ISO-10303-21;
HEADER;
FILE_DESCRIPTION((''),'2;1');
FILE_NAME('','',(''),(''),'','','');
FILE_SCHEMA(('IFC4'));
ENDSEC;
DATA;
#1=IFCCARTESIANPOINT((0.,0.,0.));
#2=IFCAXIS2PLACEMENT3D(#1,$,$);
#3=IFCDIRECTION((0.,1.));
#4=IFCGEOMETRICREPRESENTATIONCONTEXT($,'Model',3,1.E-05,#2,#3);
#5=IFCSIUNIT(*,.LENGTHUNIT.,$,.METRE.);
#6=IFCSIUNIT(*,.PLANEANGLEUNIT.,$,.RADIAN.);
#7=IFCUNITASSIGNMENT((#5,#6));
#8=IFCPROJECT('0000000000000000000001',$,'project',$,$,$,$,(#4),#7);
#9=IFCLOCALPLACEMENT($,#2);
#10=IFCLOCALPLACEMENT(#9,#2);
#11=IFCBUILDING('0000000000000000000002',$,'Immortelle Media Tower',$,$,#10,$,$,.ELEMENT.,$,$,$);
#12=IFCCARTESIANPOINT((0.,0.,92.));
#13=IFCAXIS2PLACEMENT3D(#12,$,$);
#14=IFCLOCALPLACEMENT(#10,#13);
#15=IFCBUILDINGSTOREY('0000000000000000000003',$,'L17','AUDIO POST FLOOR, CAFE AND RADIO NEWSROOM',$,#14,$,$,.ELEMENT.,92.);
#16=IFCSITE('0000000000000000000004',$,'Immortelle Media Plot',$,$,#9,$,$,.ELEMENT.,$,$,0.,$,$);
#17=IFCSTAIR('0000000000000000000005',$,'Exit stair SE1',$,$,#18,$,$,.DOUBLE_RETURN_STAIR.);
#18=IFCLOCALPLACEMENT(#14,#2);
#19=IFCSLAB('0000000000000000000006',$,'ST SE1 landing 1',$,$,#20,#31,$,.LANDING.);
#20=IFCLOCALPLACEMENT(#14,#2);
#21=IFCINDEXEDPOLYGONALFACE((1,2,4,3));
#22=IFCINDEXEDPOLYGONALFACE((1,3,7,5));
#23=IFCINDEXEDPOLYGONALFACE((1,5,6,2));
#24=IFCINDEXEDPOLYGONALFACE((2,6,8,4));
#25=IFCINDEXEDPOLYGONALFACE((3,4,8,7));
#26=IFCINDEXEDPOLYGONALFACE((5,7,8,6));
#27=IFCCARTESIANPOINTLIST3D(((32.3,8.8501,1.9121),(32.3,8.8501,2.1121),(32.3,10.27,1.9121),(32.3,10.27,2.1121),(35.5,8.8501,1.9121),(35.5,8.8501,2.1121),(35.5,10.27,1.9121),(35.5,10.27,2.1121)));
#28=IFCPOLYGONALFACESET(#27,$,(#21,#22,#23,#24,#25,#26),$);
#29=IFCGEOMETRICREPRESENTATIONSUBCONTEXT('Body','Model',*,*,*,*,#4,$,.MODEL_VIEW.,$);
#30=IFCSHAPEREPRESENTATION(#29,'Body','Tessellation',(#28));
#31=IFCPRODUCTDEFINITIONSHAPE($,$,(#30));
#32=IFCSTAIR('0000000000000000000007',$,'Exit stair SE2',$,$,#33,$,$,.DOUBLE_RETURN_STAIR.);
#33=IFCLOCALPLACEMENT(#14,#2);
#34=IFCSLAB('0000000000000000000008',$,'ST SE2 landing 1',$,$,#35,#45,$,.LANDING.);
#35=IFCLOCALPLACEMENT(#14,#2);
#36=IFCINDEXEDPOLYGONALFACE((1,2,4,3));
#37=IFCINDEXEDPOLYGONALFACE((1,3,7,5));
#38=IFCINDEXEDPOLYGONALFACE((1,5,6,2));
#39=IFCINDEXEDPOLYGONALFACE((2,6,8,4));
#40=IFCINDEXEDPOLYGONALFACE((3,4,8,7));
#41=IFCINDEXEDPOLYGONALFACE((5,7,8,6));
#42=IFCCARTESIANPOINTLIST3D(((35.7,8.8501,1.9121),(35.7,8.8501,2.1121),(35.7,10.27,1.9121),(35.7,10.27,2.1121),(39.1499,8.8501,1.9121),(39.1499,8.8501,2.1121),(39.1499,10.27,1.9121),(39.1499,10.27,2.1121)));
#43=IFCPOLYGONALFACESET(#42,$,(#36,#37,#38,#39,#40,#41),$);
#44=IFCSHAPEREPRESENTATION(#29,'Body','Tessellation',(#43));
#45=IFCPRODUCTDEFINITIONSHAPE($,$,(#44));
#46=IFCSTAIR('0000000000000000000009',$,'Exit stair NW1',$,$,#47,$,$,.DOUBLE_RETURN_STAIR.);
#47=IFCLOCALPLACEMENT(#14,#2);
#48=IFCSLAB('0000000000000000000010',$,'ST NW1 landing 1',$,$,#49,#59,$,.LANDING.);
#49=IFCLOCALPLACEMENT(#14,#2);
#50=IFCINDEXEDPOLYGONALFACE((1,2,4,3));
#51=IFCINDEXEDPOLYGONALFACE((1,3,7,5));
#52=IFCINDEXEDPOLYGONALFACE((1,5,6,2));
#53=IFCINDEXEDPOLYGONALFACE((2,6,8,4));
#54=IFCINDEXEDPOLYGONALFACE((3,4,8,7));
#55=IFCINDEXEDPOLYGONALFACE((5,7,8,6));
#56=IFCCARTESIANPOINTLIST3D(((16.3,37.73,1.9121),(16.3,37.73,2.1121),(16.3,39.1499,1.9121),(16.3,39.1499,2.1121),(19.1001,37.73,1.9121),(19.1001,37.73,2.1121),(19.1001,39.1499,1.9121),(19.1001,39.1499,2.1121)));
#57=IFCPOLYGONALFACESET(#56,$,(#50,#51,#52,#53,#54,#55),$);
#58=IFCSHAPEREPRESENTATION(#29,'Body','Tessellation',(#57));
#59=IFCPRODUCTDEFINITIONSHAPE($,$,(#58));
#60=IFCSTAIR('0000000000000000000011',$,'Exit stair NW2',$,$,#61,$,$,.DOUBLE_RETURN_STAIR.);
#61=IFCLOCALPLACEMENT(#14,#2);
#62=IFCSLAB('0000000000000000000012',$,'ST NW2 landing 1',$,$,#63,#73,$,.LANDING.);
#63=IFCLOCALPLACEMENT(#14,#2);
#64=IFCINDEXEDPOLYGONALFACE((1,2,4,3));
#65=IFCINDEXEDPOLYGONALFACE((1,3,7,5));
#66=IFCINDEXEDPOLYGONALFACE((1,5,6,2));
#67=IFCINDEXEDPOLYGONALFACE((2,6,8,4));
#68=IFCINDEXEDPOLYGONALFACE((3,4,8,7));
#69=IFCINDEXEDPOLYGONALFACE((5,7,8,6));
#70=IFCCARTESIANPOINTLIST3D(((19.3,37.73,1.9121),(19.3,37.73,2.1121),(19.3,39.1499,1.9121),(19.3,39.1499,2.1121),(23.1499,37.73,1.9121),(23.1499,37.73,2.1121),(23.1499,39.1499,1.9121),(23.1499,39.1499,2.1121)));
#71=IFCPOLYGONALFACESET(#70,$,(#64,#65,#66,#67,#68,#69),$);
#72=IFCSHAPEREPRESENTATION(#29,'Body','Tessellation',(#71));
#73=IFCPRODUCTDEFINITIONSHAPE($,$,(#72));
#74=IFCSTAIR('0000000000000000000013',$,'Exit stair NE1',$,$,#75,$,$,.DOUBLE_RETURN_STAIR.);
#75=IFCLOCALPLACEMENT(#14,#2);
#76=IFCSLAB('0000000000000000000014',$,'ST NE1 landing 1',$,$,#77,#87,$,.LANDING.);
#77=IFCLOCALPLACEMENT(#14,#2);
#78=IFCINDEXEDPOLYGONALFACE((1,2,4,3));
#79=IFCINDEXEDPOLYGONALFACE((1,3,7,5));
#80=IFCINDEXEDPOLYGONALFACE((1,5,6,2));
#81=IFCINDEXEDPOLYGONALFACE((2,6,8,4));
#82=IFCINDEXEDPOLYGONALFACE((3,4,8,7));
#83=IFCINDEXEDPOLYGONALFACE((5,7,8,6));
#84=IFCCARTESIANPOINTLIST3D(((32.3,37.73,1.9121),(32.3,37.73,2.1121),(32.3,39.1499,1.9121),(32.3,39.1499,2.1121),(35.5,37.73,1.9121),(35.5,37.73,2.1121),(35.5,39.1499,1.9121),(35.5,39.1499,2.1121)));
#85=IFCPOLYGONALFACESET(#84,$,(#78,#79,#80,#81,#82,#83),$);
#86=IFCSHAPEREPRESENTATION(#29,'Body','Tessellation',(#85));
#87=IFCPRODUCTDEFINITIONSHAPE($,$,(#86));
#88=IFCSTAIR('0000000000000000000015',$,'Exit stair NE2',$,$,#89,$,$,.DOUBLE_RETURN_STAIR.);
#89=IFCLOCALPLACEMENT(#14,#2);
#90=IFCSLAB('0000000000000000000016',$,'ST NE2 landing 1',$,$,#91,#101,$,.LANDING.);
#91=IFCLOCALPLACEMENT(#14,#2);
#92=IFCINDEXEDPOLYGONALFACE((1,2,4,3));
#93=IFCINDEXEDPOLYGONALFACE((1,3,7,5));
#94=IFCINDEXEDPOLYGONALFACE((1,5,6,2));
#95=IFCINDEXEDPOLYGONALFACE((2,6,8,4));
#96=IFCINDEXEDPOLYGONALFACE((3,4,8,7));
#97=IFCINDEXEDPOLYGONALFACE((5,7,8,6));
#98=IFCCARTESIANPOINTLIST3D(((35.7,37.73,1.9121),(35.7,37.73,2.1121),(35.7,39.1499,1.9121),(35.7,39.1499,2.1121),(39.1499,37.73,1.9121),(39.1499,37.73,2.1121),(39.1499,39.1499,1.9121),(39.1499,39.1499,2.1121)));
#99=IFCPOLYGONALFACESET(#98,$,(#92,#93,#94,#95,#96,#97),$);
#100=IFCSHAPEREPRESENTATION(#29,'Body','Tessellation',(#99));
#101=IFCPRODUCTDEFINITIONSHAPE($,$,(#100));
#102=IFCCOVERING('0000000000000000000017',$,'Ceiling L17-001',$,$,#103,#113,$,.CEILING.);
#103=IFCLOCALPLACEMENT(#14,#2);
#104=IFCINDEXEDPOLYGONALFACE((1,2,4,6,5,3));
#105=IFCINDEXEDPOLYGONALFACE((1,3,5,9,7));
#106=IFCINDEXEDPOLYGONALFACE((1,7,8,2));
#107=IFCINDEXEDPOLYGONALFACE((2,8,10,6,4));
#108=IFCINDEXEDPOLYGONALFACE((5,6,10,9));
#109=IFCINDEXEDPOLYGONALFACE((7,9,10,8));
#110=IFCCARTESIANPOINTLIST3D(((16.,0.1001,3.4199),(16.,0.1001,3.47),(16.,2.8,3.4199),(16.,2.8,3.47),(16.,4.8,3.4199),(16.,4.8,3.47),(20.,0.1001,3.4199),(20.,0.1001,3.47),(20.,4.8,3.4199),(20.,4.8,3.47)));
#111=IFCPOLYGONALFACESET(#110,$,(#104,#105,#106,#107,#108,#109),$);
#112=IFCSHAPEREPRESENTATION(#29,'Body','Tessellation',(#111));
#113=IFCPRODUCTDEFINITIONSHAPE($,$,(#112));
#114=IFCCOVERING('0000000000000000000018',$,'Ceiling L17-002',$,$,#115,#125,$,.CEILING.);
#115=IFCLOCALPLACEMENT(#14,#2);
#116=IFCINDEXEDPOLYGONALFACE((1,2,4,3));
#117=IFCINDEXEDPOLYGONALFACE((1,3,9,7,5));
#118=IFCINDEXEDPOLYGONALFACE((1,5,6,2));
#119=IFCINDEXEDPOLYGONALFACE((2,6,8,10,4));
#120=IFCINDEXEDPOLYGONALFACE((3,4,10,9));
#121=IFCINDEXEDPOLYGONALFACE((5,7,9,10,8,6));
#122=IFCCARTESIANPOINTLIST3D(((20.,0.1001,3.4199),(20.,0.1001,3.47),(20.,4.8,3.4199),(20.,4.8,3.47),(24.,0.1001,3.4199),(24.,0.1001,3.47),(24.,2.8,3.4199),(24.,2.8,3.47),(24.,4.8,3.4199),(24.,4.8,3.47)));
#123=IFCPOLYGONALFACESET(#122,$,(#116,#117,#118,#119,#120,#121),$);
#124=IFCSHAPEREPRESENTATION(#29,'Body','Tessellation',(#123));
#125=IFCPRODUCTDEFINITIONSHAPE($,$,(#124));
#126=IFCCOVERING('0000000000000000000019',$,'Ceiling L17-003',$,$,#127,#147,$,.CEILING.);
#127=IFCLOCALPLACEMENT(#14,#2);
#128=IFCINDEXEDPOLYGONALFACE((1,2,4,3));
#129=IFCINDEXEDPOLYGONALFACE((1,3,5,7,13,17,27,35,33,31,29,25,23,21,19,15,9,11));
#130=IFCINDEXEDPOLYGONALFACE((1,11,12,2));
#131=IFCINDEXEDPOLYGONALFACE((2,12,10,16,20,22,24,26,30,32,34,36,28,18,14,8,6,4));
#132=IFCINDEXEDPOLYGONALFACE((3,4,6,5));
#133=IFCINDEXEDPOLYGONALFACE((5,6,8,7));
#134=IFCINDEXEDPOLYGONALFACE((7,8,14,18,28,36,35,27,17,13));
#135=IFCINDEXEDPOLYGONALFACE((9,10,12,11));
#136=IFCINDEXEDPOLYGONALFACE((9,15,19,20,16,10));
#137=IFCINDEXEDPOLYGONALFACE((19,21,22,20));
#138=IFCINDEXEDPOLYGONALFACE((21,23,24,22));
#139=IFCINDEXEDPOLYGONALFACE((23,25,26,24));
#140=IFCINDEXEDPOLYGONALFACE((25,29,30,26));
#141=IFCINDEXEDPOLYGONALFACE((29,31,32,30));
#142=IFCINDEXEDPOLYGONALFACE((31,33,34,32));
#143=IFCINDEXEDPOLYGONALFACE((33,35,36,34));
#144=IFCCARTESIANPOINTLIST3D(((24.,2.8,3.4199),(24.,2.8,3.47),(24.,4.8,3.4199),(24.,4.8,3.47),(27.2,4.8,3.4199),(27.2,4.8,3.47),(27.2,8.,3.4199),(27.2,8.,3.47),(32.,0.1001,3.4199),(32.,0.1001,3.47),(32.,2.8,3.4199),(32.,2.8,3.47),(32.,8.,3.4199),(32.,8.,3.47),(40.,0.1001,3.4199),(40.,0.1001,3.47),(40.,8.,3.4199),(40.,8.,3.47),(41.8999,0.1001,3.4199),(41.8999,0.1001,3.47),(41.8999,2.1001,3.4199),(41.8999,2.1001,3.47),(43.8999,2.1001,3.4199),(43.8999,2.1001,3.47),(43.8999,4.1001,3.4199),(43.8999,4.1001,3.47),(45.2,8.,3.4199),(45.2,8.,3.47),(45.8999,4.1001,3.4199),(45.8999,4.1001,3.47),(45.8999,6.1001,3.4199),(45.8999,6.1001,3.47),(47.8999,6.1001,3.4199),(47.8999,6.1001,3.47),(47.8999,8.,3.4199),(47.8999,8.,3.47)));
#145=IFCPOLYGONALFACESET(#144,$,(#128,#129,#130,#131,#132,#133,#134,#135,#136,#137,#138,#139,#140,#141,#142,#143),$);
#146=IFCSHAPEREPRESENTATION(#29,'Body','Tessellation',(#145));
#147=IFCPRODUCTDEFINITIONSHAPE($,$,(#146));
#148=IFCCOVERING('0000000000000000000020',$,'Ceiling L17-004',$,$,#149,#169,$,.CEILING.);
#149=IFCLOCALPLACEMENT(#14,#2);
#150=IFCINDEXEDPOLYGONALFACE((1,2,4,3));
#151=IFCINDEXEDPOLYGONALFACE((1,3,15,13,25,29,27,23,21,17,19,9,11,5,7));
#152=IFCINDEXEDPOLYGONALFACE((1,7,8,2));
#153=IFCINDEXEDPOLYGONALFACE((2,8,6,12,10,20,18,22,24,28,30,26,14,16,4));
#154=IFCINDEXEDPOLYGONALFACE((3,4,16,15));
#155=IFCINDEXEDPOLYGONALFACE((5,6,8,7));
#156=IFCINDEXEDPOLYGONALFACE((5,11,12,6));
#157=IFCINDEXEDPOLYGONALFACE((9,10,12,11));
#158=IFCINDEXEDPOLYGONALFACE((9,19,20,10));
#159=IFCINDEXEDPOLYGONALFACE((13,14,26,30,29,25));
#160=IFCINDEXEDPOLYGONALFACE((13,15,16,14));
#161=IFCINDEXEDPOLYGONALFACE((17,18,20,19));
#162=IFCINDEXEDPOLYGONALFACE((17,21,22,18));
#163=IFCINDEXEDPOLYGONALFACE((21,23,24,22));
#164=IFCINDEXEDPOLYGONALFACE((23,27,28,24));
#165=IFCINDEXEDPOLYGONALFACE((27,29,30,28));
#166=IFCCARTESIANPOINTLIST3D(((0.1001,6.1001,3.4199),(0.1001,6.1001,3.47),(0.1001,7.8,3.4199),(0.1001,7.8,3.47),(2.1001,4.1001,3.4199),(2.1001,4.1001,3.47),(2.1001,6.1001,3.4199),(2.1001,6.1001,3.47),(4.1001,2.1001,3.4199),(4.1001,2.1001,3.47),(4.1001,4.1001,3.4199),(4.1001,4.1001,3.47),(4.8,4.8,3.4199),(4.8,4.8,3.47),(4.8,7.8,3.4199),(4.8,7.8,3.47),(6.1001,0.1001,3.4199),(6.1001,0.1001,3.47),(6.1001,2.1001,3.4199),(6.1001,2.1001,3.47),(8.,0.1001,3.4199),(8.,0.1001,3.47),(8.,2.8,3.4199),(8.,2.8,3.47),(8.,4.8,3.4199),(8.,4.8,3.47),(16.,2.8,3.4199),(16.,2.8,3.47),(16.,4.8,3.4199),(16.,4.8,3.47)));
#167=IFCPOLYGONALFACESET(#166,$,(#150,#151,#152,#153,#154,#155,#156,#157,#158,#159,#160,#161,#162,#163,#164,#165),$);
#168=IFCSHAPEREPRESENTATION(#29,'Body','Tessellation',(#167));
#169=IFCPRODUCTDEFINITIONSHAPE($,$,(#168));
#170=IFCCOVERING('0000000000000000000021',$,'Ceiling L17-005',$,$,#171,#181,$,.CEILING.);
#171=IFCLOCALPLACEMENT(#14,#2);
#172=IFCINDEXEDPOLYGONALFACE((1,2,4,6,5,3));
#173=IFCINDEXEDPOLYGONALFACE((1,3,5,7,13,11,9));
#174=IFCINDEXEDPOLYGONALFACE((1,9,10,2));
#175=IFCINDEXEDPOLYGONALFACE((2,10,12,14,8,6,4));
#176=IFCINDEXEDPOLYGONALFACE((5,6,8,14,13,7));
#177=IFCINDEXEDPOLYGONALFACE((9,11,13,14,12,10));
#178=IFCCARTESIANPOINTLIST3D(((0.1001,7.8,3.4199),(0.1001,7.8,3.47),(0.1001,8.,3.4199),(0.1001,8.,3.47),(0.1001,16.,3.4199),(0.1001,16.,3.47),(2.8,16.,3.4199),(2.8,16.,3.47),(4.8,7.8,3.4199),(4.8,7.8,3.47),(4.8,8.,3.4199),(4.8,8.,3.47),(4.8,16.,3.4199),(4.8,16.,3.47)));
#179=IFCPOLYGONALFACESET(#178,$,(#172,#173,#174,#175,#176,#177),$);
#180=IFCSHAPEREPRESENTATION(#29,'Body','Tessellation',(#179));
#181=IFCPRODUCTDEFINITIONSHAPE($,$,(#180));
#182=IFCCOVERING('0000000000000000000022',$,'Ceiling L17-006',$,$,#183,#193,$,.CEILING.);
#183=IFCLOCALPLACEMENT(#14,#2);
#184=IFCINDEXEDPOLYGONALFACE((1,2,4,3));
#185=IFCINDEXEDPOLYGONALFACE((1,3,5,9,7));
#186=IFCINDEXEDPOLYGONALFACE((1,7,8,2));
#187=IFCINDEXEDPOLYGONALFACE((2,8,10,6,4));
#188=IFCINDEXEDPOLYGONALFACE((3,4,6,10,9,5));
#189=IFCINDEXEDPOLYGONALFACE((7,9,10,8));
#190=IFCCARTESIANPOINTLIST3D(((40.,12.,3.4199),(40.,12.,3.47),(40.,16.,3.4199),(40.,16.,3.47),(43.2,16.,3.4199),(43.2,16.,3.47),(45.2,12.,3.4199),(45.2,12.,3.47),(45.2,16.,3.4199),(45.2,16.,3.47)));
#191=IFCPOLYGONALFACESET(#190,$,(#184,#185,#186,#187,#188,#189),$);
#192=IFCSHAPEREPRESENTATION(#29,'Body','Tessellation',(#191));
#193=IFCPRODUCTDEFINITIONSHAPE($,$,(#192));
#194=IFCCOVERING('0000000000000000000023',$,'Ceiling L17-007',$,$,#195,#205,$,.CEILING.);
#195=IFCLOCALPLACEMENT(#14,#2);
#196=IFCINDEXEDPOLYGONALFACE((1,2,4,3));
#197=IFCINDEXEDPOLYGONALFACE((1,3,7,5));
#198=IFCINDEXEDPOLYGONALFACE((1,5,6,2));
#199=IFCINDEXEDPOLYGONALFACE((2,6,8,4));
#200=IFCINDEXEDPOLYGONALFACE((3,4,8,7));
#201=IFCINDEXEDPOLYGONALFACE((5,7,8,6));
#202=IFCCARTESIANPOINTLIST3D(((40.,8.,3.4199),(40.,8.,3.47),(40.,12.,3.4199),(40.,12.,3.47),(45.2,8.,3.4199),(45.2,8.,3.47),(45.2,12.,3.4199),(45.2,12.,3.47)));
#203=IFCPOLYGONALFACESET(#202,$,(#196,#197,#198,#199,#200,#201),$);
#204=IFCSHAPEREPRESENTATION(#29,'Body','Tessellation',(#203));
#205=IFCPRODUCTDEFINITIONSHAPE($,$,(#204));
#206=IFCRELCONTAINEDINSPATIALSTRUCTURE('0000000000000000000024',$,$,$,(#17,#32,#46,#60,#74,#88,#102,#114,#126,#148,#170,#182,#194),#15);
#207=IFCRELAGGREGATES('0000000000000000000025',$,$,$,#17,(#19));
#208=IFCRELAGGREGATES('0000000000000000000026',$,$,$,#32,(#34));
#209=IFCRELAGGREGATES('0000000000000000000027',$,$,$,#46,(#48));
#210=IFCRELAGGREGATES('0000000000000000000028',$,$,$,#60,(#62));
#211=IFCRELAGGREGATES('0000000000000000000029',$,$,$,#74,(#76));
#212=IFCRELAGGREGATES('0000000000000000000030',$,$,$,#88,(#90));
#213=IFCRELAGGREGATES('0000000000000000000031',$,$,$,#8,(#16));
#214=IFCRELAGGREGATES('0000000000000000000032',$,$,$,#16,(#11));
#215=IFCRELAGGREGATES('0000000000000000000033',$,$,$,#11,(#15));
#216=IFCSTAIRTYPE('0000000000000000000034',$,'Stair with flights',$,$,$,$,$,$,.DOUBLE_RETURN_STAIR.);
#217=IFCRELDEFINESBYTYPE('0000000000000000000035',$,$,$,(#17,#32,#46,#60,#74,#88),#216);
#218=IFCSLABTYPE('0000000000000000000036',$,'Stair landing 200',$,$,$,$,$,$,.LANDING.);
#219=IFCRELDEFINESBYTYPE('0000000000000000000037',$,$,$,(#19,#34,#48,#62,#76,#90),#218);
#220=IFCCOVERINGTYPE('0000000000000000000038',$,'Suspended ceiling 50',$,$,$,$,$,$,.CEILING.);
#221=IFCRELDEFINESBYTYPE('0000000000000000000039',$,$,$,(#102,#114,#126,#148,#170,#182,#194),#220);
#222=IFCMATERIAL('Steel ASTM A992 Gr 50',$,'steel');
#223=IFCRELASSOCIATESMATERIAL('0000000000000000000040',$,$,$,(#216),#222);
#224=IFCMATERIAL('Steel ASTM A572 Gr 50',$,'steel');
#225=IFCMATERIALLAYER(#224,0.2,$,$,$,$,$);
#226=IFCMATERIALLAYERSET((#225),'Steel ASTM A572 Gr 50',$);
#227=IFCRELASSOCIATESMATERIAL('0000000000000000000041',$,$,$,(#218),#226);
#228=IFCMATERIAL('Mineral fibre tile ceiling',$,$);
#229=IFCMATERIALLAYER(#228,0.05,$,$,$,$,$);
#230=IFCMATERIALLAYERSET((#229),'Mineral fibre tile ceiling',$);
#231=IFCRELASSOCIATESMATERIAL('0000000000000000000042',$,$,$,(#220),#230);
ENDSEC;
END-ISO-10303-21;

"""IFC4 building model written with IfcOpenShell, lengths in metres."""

from ifc_helpers import new_model, si_unit, direction, frame, origin, place, context, subcontext, project, spatial, polyline, outline, extrude, material, layer, layer_set, type_object, element, aggregate, save


model = new_model("IFC4")

# Units and contexts
model_context = context("Model", 3, precision=1e-05, world=origin(), true_north=direction((0.0, 1.0)))
body_context = subcontext(model_context, "Body", "Model", "MODEL_VIEW")
ifc_project = project(units=[si_unit("LENGTHUNIT", "METRE"), si_unit("PLANEANGLEUNIT", "RADIAN")], contexts=[model_context])

# Site, building, storey
site_placement = place(None, origin())
site = spatial("IfcSite", under=ifc_project, at=site_placement, Name="Immortelle Media Plot", CompositionType="ELEMENT", RefElevation=0.0)
building_placement = place(site_placement, origin())
building = spatial("IfcBuilding", under=site, at=building_placement, Name="Immortelle Media Tower", CompositionType="ELEMENT")
storey_placement = place(building_placement, frame((0.0, 0.0, 92.0)))
storey = spatial("IfcBuildingStorey", under=building, at=storey_placement, Name="L17", Description="AUDIO POST FLOOR, CAFE AND RADIO NEWSROOM", CompositionType="ELEMENT", Elevation=92.0)

# Stairs, slabs
ifc_material_1 = material(Name="Steel ASTM A992 Gr 50", Category="steel")
stair_type = type_object("IfcStairType", Name="Stair with flights", PredefinedType="DOUBLE_RETURN_STAIR", material=ifc_material_1)
ifc_material_2 = material(Name="Steel ASTM A572 Gr 50", Category="steel")
ifc_layer_1 = layer(ifc_material_2, 0.2)
ifc_layer_set_1 = layer_set([ifc_layer_1], Name="Steel ASTM A572 Gr 50")
slab_type_1 = type_object("IfcSlabType", Name="Stair landing 200", PredefinedType="LANDING", material=ifc_layer_set_1)
stair_1_placement = place(storey_placement, origin())
stair_1 = element("IfcStair", 1, at=stair_1_placement, inside=storey, type_object=stair_type, Name="Exit stair SE1", PredefinedType="DOUBLE_RETURN_STAIR")
slab_1_placement = place(storey_placement, frame((0.0, 0.0, 1.9121)))
slab_1 = element("IfcSlab", 2, at=slab_1_placement, type_object=slab_type_1, Name="ST SE1 landing 1", PredefinedType="LANDING", context=body_context, shape_type="SweptSolid", body=[
    extrude(outline(polyline([(32.3, 8.8501), (35.5, 8.8501), (35.5, 10.27), (32.3, 10.27), (32.3, 8.8501)])), origin(), (0.0, 0.0, 1.0), 0.2),
])
aggregate(stair_1, [slab_1])
stair_2_placement = place(storey_placement, origin())
stair_2 = element("IfcStair", 3, at=stair_2_placement, inside=storey, type_object=stair_type, Name="Exit stair SE2", PredefinedType="DOUBLE_RETURN_STAIR")
slab_2_placement = place(storey_placement, frame((0.0, 0.0, 1.9121)))
slab_2 = element("IfcSlab", 4, at=slab_2_placement, type_object=slab_type_1, Name="ST SE2 landing 1", PredefinedType="LANDING", context=body_context, shape_type="SweptSolid", body=[
    extrude(outline(polyline([(35.7, 8.8501), (39.1499, 8.8501), (39.1499, 10.27), (35.7, 10.27), (35.7, 8.8501)])), origin(), (0.0, 0.0, 1.0), 0.2),
])
aggregate(stair_2, [slab_2])
stair_3_placement = place(storey_placement, origin())
stair_3 = element("IfcStair", 5, at=stair_3_placement, inside=storey, type_object=stair_type, Name="Exit stair NW1", PredefinedType="DOUBLE_RETURN_STAIR")
slab_3_placement = place(storey_placement, frame((0.0, 0.0, 1.9121)))
slab_3 = element("IfcSlab", 6, at=slab_3_placement, type_object=slab_type_1, Name="ST NW1 landing 1", PredefinedType="LANDING", context=body_context, shape_type="SweptSolid", body=[
    extrude(outline(polyline([(16.3, 37.73), (19.1001, 37.73), (19.1001, 39.1499), (16.3, 39.1499), (16.3, 37.73)])), origin(), (0.0, 0.0, 1.0), 0.2),
])
aggregate(stair_3, [slab_3])
stair_4_placement = place(storey_placement, origin())
stair_4 = element("IfcStair", 7, at=stair_4_placement, inside=storey, type_object=stair_type, Name="Exit stair NW2", PredefinedType="DOUBLE_RETURN_STAIR")
slab_4_placement = place(storey_placement, frame((0.0, 0.0, 1.9121)))
slab_4 = element("IfcSlab", 8, at=slab_4_placement, type_object=slab_type_1, Name="ST NW2 landing 1", PredefinedType="LANDING", context=body_context, shape_type="SweptSolid", body=[
    extrude(outline(polyline([(19.3, 37.73), (23.1499, 37.73), (23.1499, 39.1499), (19.3, 39.1499), (19.3, 37.73)])), origin(), (0.0, 0.0, 1.0), 0.2),
])
aggregate(stair_4, [slab_4])
stair_5_placement = place(storey_placement, origin())
stair_5 = element("IfcStair", 9, at=stair_5_placement, inside=storey, type_object=stair_type, Name="Exit stair NE1", PredefinedType="DOUBLE_RETURN_STAIR")
slab_5_placement = place(storey_placement, frame((0.0, 0.0, 1.9121)))
slab_5 = element("IfcSlab", 10, at=slab_5_placement, type_object=slab_type_1, Name="ST NE1 landing 1", PredefinedType="LANDING", context=body_context, shape_type="SweptSolid", body=[
    extrude(outline(polyline([(32.3, 37.73), (35.5, 37.73), (35.5, 39.1499), (32.3, 39.1499), (32.3, 37.73)])), origin(), (0.0, 0.0, 1.0), 0.2),
])
aggregate(stair_5, [slab_5])
stair_6_placement = place(storey_placement, origin())
stair_6 = element("IfcStair", 11, at=stair_6_placement, inside=storey, type_object=stair_type, Name="Exit stair NE2", PredefinedType="DOUBLE_RETURN_STAIR")
slab_6_placement = place(storey_placement, frame((0.0, 0.0, 1.9121)))
slab_6 = element("IfcSlab", 12, at=slab_6_placement, type_object=slab_type_1, Name="ST NE2 landing 1", PredefinedType="LANDING", context=body_context, shape_type="SweptSolid", body=[
    extrude(outline(polyline([(35.7, 37.73), (39.1499, 37.73), (39.1499, 39.1499), (35.7, 39.1499), (35.7, 37.73)])), origin(), (0.0, 0.0, 1.0), 0.2),
])
aggregate(stair_6, [slab_6])

# Coverings
ifc_material_3 = material(Name="Mineral fibre tile ceiling")
ifc_layer_2 = layer(ifc_material_3, 0.05)
ifc_layer_set_2 = layer_set([ifc_layer_2], Name="Mineral fibre tile ceiling")
covering_type = type_object("IfcCoveringType", Name="Suspended ceiling 50", PredefinedType="CEILING", material=ifc_layer_set_2)
covering_1_placement = place(storey_placement, frame((0.0, 0.0, 3.4199)))
element("IfcCovering", 13, at=covering_1_placement, inside=storey, type_object=covering_type, Name="Ceiling L17-001", PredefinedType="CEILING", context=body_context, shape_type="SweptSolid", body=[
    extrude(outline(polyline([(16.0, 2.8), (16.0, 4.8), (20.0, 4.8), (20.0, 0.1001), (16.0, 0.1001), (16.0, 2.8)])), origin(), (0.0, 0.0, 1.0), 0.05),
])
covering_2_placement = place(storey_placement, frame((0.0, 0.0, 3.4199)))
element("IfcCovering", 14, at=covering_2_placement, inside=storey, type_object=covering_type, Name="Ceiling L17-002", PredefinedType="CEILING", context=body_context, shape_type="SweptSolid", body=[
    extrude(outline(polyline([(24.0, 4.8), (24.0, 2.8), (24.0, 0.1001), (20.0, 0.1001), (20.0, 4.8), (24.0, 4.8)])), origin(), (0.0, 0.0, 1.0), 0.05),
])
covering_3_placement = place(storey_placement, frame((0.0, 0.0, 3.4199)))
element("IfcCovering", 15, at=covering_3_placement, inside=storey, type_object=covering_type, Name="Ceiling L17-003", PredefinedType="CEILING", context=body_context, shape_type="SweptSolid", body=[
    extrude(outline(polyline([(24.0, 2.8), (24.0, 4.8), (27.2, 4.8), (27.2, 8.0), (32.0, 8.0), (40.0, 8.0), (45.2, 8.0), (47.8999, 8.0), (47.8999, 6.1001), (45.8999, 6.1001), (45.8999, 4.1001), (43.8999, 4.1001), (43.8999, 2.1001), (41.8999, 2.1001), (41.8999, 0.1001), (40.0, 0.1001), (32.0, 0.1001), (32.0, 2.8), (24.0, 2.8)])), origin(), (0.0, 0.0, 1.0), 0.05),
])
covering_4_placement = place(storey_placement, frame((0.0, 0.0, 3.4199)))
element("IfcCovering", 16, at=covering_4_placement, inside=storey, type_object=covering_type, Name="Ceiling L17-004", PredefinedType="CEILING", context=body_context, shape_type="SweptSolid", body=[
    extrude(outline(polyline([(8.0, 2.8), (8.0, 0.1001), (6.1001, 0.1001), (6.1001, 2.1001), (4.1001, 2.1001), (4.1001, 4.1001), (2.1001, 4.1001), (2.1001, 6.1001), (0.1001, 6.1001), (0.1001, 7.8), (4.8, 7.8), (4.8, 4.8), (8.0, 4.8), (16.0, 4.8), (16.0, 2.8), (8.0, 2.8)])), origin(), (0.0, 0.0, 1.0), 0.05),
])
covering_5_placement = place(storey_placement, frame((0.0, 0.0, 3.4199)))
element("IfcCovering", 17, at=covering_5_placement, inside=storey, type_object=covering_type, Name="Ceiling L17-005", PredefinedType="CEILING", context=body_context, shape_type="SweptSolid", body=[
    extrude(outline(polyline([(0.1001, 8.0), (0.1001, 16.0), (2.8, 16.0), (4.8, 16.0), (4.8, 8.0), (4.8, 7.8), (0.1001, 7.8), (0.1001, 8.0)])), origin(), (0.0, 0.0, 1.0), 0.05),
])
covering_6_placement = place(storey_placement, frame((0.0, 0.0, 3.4199)))
element("IfcCovering", 18, at=covering_6_placement, inside=storey, type_object=covering_type, Name="Ceiling L17-006", PredefinedType="CEILING", context=body_context, shape_type="SweptSolid", body=[
    extrude(outline(polyline([(40.0, 16.0), (43.2, 16.0), (45.2, 16.0), (45.2, 12.0), (40.0, 12.0), (40.0, 16.0)])), origin(), (0.0, 0.0, 1.0), 0.05),
])
covering_7_placement = place(storey_placement, frame((0.0, 0.0, 3.4199)))
element("IfcCovering", 19, at=covering_7_placement, inside=storey, type_object=covering_type, Name="Ceiling L17-007", PredefinedType="CEILING", context=body_context, shape_type="SweptSolid", body=[
    extrude(outline(polyline([(40.0, 8.0), (40.0, 12.0), (45.2, 12.0), (45.2, 8.0), (40.0, 8.0)])), origin(), (0.0, 0.0, 1.0), 0.05),
])

save(model, "model.ifc")
